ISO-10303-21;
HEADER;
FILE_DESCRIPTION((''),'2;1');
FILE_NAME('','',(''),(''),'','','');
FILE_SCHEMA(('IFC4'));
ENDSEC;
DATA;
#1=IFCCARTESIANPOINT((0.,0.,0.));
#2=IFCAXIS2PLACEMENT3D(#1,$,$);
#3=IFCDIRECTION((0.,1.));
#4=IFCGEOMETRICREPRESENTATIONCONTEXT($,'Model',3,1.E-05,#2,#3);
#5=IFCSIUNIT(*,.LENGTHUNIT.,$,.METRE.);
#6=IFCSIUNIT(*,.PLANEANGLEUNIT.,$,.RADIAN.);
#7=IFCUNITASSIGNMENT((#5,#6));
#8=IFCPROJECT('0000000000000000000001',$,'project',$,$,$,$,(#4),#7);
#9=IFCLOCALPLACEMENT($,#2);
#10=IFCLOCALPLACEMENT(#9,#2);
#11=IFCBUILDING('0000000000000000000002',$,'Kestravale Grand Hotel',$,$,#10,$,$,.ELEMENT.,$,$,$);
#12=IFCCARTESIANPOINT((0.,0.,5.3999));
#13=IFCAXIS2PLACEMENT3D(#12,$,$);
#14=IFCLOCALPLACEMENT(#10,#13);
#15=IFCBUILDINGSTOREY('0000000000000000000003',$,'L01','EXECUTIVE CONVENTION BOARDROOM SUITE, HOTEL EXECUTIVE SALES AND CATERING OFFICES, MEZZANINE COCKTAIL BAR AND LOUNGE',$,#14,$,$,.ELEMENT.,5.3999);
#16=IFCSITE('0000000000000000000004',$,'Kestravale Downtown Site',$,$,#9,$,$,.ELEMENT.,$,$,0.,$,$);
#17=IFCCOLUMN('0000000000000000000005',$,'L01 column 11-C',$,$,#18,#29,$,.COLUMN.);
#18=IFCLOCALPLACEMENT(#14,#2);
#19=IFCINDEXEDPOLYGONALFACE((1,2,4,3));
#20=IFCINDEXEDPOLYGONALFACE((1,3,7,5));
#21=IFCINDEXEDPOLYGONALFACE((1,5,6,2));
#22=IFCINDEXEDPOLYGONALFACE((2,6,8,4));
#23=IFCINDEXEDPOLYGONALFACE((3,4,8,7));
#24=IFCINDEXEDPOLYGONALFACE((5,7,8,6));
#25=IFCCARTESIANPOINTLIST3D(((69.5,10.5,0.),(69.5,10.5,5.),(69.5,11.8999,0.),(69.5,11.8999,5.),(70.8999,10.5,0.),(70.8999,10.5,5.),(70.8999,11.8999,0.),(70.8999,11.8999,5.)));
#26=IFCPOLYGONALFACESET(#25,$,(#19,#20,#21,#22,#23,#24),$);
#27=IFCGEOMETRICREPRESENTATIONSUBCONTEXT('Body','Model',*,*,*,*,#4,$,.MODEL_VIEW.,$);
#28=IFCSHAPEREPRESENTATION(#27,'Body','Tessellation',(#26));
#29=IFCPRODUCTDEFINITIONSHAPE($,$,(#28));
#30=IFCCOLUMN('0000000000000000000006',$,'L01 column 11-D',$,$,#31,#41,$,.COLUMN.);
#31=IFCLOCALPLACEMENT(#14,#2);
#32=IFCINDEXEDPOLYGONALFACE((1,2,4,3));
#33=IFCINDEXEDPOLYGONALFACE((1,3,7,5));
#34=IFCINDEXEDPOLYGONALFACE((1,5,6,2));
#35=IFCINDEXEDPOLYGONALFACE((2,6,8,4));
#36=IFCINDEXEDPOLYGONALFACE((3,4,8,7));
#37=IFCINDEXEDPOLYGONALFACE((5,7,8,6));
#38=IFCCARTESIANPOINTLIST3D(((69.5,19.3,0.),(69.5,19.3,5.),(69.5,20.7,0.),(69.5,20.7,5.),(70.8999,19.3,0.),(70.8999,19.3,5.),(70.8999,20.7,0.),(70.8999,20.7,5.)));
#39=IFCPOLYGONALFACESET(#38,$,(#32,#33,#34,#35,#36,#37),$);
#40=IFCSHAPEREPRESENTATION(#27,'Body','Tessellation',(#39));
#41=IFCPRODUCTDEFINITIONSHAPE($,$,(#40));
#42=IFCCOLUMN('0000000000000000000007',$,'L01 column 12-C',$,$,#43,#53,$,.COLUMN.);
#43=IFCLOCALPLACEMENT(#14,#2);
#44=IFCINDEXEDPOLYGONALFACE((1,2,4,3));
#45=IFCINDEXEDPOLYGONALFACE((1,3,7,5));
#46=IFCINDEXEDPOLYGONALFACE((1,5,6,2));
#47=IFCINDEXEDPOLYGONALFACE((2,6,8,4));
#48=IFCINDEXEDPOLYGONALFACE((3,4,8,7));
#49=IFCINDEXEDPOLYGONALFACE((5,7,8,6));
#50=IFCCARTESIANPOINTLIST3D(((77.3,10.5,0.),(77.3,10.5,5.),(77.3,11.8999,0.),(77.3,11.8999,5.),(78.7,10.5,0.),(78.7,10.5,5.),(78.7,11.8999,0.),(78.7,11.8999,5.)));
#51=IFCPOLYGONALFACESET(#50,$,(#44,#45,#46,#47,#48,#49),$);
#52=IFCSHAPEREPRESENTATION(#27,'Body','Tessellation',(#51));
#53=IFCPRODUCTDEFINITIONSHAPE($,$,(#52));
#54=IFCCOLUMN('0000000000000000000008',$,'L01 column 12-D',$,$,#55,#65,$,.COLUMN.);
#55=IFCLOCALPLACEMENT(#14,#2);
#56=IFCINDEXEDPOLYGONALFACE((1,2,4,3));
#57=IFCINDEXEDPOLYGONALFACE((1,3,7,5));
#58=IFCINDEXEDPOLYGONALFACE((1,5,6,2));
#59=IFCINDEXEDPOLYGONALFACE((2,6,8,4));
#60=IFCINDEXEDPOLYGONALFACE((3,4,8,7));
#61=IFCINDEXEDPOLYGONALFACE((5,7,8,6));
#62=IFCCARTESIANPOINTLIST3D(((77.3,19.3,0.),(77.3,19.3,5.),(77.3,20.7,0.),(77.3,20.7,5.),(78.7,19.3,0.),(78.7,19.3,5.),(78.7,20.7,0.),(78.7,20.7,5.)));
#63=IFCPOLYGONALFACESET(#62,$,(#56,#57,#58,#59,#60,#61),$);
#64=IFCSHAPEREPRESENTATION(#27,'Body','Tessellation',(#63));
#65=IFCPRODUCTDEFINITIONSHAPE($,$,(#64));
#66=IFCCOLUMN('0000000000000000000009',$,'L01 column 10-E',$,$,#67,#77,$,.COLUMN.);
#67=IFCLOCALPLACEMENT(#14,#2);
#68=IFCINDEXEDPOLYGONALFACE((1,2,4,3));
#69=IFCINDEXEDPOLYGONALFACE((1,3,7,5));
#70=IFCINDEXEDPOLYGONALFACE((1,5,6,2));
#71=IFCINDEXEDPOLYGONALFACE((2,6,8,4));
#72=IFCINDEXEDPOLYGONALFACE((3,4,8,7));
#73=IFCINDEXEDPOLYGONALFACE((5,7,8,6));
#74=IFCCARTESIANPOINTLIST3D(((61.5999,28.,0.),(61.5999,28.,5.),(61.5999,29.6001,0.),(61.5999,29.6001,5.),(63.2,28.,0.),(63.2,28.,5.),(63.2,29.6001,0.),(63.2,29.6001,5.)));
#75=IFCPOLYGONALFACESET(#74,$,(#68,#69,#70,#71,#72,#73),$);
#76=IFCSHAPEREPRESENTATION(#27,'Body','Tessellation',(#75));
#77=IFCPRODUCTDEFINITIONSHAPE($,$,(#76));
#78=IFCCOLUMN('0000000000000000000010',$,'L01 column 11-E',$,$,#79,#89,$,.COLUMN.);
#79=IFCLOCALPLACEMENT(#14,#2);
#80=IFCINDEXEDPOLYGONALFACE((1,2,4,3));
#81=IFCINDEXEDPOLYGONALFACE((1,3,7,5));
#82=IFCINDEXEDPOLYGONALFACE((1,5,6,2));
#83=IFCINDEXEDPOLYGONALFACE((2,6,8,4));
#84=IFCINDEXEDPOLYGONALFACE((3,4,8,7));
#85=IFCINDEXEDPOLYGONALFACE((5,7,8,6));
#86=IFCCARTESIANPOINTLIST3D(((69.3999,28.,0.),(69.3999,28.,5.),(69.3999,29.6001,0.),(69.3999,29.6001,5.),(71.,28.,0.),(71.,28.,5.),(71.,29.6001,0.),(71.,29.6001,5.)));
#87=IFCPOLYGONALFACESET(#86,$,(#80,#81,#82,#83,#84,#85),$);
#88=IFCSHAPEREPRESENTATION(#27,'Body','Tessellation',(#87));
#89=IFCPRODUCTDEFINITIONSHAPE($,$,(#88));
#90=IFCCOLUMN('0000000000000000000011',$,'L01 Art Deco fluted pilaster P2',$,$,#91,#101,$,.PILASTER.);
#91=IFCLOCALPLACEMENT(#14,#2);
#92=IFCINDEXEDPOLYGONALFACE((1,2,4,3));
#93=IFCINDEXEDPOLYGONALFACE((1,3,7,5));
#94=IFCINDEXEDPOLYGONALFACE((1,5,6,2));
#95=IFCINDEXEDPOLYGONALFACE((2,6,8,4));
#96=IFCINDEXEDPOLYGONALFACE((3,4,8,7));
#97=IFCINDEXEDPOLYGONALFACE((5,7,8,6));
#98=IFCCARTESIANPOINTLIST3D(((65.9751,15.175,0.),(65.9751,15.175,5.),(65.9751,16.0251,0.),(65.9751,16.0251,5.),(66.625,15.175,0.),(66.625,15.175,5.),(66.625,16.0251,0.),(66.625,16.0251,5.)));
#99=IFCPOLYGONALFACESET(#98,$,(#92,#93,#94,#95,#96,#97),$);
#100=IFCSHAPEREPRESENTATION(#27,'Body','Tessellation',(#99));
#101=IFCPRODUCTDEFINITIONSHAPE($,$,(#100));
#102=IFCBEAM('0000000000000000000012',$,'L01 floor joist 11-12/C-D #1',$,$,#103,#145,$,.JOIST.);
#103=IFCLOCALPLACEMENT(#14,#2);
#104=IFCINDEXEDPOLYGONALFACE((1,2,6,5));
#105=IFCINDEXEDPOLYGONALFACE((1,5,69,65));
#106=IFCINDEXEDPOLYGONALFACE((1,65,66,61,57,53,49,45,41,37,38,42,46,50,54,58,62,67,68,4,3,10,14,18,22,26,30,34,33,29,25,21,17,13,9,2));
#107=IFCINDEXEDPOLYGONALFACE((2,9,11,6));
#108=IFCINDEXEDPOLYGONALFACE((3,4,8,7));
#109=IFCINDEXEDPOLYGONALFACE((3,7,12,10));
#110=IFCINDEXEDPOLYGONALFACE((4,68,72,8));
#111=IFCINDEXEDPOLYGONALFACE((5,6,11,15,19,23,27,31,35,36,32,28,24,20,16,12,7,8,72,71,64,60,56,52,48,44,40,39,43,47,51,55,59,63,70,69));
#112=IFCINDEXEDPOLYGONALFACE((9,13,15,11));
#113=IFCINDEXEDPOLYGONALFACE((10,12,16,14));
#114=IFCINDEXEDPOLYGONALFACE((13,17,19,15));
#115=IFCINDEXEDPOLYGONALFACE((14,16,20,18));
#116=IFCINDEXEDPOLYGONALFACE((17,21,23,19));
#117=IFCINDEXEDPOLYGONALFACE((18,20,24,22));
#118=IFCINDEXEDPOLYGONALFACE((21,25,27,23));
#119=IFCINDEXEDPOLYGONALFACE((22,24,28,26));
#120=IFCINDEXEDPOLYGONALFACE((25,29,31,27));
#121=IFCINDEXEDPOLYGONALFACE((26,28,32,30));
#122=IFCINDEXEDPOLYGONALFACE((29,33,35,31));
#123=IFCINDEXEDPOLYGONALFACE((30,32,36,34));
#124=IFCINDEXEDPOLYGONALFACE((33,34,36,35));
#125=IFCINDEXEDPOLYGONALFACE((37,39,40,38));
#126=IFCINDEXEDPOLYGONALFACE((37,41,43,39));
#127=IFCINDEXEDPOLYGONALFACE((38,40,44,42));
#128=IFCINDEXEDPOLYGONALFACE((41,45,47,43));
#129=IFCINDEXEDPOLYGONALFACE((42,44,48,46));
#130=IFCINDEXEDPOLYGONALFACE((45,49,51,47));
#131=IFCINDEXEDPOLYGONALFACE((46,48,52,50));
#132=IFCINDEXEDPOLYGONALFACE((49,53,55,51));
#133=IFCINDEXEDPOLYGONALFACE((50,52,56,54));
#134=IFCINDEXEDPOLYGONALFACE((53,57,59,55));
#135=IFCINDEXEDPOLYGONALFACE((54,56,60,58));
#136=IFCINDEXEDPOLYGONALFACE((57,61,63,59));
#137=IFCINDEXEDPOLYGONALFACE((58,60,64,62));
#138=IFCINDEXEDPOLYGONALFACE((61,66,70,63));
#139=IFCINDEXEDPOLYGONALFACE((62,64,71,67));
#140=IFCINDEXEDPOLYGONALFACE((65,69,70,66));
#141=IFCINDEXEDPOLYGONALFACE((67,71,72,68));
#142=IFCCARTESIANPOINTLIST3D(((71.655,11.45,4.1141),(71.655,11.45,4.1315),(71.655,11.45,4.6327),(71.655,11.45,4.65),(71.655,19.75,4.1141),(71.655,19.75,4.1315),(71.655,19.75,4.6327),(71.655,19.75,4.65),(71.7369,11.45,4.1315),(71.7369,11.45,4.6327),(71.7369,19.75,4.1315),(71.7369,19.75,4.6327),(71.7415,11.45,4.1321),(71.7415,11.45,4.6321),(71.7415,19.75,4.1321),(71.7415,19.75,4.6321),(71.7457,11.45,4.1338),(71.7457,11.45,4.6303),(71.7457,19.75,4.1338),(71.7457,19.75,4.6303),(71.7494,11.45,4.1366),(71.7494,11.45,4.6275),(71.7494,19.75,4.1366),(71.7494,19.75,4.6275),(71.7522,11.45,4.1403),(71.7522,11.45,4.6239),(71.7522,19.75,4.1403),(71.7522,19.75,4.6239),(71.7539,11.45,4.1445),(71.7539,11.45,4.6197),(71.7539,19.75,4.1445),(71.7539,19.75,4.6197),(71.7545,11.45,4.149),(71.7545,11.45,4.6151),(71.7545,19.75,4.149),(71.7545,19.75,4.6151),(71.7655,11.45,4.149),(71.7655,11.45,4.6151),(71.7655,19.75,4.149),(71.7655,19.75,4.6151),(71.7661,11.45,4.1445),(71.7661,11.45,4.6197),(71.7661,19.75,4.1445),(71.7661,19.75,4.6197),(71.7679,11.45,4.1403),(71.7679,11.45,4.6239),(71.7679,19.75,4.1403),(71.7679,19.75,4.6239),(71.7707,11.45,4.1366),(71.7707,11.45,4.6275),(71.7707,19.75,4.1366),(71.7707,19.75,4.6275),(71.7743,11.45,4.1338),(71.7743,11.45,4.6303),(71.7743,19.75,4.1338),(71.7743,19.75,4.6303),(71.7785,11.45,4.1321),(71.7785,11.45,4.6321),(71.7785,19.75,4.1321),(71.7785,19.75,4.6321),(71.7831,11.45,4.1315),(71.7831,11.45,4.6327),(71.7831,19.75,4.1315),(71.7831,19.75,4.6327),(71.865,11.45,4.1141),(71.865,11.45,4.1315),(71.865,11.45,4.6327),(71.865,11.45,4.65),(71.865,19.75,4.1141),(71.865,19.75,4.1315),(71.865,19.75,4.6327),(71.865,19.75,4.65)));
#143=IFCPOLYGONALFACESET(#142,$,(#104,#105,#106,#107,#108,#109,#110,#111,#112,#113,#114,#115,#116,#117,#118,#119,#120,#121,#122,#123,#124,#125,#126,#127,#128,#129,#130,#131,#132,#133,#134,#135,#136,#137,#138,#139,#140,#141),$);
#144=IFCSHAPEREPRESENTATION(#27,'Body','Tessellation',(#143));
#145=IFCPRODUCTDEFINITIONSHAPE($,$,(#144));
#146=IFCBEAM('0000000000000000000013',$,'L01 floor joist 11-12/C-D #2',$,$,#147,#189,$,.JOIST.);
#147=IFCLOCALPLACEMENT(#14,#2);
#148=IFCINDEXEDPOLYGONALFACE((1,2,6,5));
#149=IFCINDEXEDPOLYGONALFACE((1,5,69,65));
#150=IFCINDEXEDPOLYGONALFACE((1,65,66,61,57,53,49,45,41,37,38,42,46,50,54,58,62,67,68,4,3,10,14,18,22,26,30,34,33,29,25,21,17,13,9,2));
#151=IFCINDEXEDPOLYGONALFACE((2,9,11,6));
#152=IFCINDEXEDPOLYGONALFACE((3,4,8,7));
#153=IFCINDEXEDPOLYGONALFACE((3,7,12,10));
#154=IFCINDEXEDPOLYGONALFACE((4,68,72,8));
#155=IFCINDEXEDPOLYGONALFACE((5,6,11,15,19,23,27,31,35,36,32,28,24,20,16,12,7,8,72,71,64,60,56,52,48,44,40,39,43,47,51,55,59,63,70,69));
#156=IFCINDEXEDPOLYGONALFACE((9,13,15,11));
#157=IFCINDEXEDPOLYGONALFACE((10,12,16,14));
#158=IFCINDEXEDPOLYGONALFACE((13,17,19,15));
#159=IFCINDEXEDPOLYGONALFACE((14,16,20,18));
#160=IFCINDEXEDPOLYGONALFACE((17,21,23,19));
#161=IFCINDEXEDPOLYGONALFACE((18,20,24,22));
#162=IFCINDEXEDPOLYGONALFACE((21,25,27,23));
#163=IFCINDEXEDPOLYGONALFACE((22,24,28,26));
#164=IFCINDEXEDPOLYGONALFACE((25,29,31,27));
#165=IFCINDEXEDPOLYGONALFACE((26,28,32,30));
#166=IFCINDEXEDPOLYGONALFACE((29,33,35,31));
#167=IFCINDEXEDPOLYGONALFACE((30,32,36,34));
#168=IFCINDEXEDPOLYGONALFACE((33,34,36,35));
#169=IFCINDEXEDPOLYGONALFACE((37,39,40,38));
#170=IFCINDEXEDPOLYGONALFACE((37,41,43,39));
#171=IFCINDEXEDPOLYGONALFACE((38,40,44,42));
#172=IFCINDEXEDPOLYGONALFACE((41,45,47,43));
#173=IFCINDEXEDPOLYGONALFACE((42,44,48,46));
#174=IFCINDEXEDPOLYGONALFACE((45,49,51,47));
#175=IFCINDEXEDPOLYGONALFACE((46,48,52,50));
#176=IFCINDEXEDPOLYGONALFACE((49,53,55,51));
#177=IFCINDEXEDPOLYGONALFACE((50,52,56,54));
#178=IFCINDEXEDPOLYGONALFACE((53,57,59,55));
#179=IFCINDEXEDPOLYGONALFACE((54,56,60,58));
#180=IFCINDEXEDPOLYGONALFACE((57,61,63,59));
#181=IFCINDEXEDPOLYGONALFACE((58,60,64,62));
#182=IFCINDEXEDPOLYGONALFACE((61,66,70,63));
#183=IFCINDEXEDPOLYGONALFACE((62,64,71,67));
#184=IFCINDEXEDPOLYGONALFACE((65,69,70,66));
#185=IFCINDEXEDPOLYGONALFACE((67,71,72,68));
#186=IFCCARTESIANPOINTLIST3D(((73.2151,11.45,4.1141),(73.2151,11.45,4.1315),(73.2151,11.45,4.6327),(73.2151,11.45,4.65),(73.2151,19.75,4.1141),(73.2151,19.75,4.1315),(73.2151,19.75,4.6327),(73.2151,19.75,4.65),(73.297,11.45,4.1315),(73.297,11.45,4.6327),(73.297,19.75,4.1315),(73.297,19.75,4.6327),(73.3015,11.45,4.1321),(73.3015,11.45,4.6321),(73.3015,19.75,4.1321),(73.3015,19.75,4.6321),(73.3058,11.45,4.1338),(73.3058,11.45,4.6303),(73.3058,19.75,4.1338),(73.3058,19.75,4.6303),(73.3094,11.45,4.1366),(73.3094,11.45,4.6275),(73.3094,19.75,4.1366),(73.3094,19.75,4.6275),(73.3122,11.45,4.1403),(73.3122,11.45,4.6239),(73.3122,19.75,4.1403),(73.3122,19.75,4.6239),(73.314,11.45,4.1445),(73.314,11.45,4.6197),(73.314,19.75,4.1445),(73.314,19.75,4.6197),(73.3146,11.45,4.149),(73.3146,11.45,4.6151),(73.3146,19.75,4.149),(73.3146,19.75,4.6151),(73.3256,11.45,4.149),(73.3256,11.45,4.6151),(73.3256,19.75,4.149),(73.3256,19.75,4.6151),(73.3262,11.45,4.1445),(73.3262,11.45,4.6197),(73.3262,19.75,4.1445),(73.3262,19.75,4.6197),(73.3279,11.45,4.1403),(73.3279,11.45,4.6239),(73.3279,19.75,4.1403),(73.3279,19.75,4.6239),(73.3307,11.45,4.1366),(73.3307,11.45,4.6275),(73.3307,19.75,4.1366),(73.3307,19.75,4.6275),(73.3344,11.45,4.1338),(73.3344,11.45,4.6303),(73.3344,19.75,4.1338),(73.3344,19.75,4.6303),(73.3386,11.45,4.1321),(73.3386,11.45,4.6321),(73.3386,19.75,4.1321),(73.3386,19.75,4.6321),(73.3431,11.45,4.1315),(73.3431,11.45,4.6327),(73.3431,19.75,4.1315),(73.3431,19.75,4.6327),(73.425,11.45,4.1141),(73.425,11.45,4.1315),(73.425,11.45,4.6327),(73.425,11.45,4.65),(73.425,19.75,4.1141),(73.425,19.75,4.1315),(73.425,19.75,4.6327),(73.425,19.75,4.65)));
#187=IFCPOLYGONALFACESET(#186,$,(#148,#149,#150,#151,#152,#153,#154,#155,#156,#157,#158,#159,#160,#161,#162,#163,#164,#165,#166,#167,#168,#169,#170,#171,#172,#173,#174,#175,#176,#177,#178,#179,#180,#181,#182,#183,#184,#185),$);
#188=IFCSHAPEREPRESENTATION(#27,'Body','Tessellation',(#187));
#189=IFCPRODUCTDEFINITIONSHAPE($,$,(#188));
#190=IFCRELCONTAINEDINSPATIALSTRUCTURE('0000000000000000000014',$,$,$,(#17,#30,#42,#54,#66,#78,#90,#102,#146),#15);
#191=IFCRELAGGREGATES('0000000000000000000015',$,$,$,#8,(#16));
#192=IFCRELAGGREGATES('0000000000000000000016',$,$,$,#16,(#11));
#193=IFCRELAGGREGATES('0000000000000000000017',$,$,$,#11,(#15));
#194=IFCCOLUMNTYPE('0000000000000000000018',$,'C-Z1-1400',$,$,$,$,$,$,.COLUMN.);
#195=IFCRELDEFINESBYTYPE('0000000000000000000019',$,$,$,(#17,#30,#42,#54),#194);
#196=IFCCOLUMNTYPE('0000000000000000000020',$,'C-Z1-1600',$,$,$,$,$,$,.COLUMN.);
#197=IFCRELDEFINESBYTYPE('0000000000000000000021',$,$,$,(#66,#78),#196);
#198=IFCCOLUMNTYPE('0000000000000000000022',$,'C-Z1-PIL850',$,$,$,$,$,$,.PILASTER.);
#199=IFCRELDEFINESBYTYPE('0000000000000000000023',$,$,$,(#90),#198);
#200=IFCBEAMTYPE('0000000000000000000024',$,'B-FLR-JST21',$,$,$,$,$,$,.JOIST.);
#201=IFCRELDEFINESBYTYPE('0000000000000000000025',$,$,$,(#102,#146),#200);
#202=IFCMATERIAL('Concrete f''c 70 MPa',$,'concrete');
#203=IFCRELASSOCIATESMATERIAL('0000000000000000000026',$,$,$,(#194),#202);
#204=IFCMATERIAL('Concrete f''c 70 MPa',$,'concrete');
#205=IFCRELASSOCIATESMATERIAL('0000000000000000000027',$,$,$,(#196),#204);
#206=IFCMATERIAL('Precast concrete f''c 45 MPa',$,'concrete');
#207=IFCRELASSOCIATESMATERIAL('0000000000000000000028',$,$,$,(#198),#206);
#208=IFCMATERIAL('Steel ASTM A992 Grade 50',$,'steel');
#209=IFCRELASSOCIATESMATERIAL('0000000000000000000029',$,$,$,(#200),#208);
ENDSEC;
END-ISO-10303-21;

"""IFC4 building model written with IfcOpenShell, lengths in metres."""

from ifc_helpers import new_model, si_unit, direction, frame, origin, origin_2d, place, context, subcontext, project, spatial, rectangle, i_section, extrude, material, material_profile, profile_set, type_object, element, save


model = new_model("IFC4")

# Units and contexts
model_context = context("Model", 3, precision=1e-05, world=origin(), true_north=direction((0.0, 1.0)))
body_context = subcontext(model_context, "Body", "Model", "MODEL_VIEW")
ifc_project = project(units=[si_unit("LENGTHUNIT", "METRE"), si_unit("PLANEANGLEUNIT", "RADIAN")], contexts=[model_context])

# Site, building, storey
site_placement = place(None, origin())
site = spatial("IfcSite", under=ifc_project, at=site_placement, Name="Kestravale Downtown Site", CompositionType="ELEMENT", RefElevation=0.0)
building_placement = place(site_placement, origin())
building = spatial("IfcBuilding", under=site, at=building_placement, Name="Kestravale Grand Hotel", CompositionType="ELEMENT")
storey_placement = place(building_placement, frame((0.0, 0.0, 5.3999)))
storey = spatial("IfcBuildingStorey", under=building, at=storey_placement, Name="L01", Description="EXECUTIVE CONVENTION BOARDROOM SUITE, HOTEL EXECUTIVE SALES AND CATERING OFFICES, MEZZANINE COCKTAIL BAR AND LOUNGE", CompositionType="ELEMENT", Elevation=5.3999)

# Columns
ifc_material_1 = material(Name="Concrete f'c 70 MPa", Category="concrete")
ifc_material_profile_1 = material_profile(ifc_material_1, rectangle(XDim=1.3999, YDim=1.3999, at=origin_2d()))
ifc_profile_set_1 = profile_set([ifc_material_profile_1], Name="Concrete f'c 70 MPa")
column_type_1 = type_object("IfcColumnType", Name="C-Z1-1400", PredefinedType="COLUMN", material=ifc_profile_set_1)
for number, where, z_axis, x_axis, name in (
    (1, (70.2, 11.2, 0.0), (0.0, 0.0, 1.0), (1.0, 0.0, 0.0), "L01 column 11-C"),
    (2, (70.2, 20.0, 0.0), (0.0, 0.0, 1.0), (1.0, 0.0, 0.0), "L01 column 11-D"),
    (3, (78.0, 11.2, 0.0), (0.0, 0.0, 1.0), (1.0, 0.0, 0.0), "L01 column 12-C"),
    (4, (78.0, 20.0, 0.0), (0.0, 0.0, 1.0), (1.0, 0.0, 0.0), "L01 column 12-D"),
):
    element("IfcColumn", number, at=place(storey_placement, frame(where, z_axis=z_axis, x_axis=x_axis)), inside=storey, type_object=column_type_1, Name=name, PredefinedType="COLUMN", context=body_context, shape_type="SweptSolid", body=[
        extrude(rectangle(XDim=1.3999, YDim=1.3999, at=origin_2d()), origin(), (0.0, 0.0, 1.0), 5.0),
    ])
ifc_material_2 = material(Name="Concrete f'c 70 MPa", Category="concrete")
ifc_material_profile_2 = material_profile(ifc_material_2, rectangle(XDim=1.6001, YDim=1.6001, at=origin_2d()))
ifc_profile_set_2 = profile_set([ifc_material_profile_2], Name="Concrete f'c 70 MPa")
column_type_2 = type_object("IfcColumnType", Name="C-Z1-1600", PredefinedType="COLUMN", material=ifc_profile_set_2)
for number, where, z_axis, x_axis, name in (
    (5, (62.3999, 28.8, 0.0), (0.0, 0.0, 1.0), (1.0, 0.0, 0.0), "L01 column 10-E"),
    (6, (70.2, 28.8, 0.0), (0.0, 0.0, 1.0), (1.0, 0.0, 0.0), "L01 column 11-E"),
):
    element("IfcColumn", number, at=place(storey_placement, frame(where, z_axis=z_axis, x_axis=x_axis)), inside=storey, type_object=column_type_2, Name=name, PredefinedType="COLUMN", context=body_context, shape_type="SweptSolid", body=[
        extrude(rectangle(XDim=1.6001, YDim=1.6001, at=origin_2d()), origin(), (0.0, 0.0, 1.0), 5.0),
    ])
ifc_material_3 = material(Name="Precast concrete f'c 45 MPa", Category="concrete")
ifc_material_profile_3 = material_profile(ifc_material_3, rectangle(XDim=0.6499, YDim=0.8501, at=origin_2d()))
ifc_profile_set_3 = profile_set([ifc_material_profile_3], Name="Precast concrete f'c 45 MPa")
column_type_3 = type_object("IfcColumnType", Name="C-Z1-PIL850", PredefinedType="PILASTER", material=ifc_profile_set_3)
column_placement = place(storey_placement, frame((66.3, 15.6001, 0.0), z_axis=(0.0, 0.0, 1.0), x_axis=(1.0, 0.0, 0.0)))
element("IfcColumn", 7, at=column_placement, inside=storey, type_object=column_type_3, Name="L01 Art Deco fluted pilaster P2", PredefinedType="PILASTER", context=body_context, shape_type="SweptSolid", body=[
    extrude(rectangle(XDim=0.6499, YDim=0.8501, at=origin_2d()), origin(), (0.0, 0.0, 1.0), 5.0),
])

# Beams
ifc_material_4 = material(Name="Steel ASTM A992 Grade 50", Category="steel")
ifc_material_profile_4 = material_profile(ifc_material_4, i_section(OverallWidth=0.21, OverallDepth=0.5359, WebThickness=0.011, FlangeThickness=0.0173, FilletRadius=0.0176, at=origin_2d()))
ifc_profile_set_4 = profile_set([ifc_material_profile_4], Name="Steel ASTM A992 Grade 50")
beam_type_1 = type_object("IfcBeamType", Name="B-FLR-JST21", PredefinedType="JOIST", material=ifc_profile_set_4)
for number, where, z_axis, x_axis, name in (
    (8, (71.76, 11.45, 4.3821), (0.0, 1.0, 0.0), (-1.0, 0.0, 0.0), "L01 floor joist 11-12/C-D #1"),
    (9, (73.3201, 11.45, 4.3821), (0.0, 1.0, 0.0), (-1.0, 0.0, 0.0), "L01 floor joist 11-12/C-D #2"),
):
    element("IfcBeam", number, at=place(storey_placement, frame(where, z_axis=z_axis, x_axis=x_axis)), inside=storey, type_object=beam_type_1, Name=name, PredefinedType="JOIST", context=body_context, shape_type="SweptSolid", body=[
        extrude(i_section(OverallWidth=0.21, OverallDepth=0.5359, WebThickness=0.011, FlangeThickness=0.0173, FilletRadius=0.0176, at=origin_2d()), origin(), (0.0, 0.0, 1.0), 8.3),
    ])

save(model, "model.ifc")
